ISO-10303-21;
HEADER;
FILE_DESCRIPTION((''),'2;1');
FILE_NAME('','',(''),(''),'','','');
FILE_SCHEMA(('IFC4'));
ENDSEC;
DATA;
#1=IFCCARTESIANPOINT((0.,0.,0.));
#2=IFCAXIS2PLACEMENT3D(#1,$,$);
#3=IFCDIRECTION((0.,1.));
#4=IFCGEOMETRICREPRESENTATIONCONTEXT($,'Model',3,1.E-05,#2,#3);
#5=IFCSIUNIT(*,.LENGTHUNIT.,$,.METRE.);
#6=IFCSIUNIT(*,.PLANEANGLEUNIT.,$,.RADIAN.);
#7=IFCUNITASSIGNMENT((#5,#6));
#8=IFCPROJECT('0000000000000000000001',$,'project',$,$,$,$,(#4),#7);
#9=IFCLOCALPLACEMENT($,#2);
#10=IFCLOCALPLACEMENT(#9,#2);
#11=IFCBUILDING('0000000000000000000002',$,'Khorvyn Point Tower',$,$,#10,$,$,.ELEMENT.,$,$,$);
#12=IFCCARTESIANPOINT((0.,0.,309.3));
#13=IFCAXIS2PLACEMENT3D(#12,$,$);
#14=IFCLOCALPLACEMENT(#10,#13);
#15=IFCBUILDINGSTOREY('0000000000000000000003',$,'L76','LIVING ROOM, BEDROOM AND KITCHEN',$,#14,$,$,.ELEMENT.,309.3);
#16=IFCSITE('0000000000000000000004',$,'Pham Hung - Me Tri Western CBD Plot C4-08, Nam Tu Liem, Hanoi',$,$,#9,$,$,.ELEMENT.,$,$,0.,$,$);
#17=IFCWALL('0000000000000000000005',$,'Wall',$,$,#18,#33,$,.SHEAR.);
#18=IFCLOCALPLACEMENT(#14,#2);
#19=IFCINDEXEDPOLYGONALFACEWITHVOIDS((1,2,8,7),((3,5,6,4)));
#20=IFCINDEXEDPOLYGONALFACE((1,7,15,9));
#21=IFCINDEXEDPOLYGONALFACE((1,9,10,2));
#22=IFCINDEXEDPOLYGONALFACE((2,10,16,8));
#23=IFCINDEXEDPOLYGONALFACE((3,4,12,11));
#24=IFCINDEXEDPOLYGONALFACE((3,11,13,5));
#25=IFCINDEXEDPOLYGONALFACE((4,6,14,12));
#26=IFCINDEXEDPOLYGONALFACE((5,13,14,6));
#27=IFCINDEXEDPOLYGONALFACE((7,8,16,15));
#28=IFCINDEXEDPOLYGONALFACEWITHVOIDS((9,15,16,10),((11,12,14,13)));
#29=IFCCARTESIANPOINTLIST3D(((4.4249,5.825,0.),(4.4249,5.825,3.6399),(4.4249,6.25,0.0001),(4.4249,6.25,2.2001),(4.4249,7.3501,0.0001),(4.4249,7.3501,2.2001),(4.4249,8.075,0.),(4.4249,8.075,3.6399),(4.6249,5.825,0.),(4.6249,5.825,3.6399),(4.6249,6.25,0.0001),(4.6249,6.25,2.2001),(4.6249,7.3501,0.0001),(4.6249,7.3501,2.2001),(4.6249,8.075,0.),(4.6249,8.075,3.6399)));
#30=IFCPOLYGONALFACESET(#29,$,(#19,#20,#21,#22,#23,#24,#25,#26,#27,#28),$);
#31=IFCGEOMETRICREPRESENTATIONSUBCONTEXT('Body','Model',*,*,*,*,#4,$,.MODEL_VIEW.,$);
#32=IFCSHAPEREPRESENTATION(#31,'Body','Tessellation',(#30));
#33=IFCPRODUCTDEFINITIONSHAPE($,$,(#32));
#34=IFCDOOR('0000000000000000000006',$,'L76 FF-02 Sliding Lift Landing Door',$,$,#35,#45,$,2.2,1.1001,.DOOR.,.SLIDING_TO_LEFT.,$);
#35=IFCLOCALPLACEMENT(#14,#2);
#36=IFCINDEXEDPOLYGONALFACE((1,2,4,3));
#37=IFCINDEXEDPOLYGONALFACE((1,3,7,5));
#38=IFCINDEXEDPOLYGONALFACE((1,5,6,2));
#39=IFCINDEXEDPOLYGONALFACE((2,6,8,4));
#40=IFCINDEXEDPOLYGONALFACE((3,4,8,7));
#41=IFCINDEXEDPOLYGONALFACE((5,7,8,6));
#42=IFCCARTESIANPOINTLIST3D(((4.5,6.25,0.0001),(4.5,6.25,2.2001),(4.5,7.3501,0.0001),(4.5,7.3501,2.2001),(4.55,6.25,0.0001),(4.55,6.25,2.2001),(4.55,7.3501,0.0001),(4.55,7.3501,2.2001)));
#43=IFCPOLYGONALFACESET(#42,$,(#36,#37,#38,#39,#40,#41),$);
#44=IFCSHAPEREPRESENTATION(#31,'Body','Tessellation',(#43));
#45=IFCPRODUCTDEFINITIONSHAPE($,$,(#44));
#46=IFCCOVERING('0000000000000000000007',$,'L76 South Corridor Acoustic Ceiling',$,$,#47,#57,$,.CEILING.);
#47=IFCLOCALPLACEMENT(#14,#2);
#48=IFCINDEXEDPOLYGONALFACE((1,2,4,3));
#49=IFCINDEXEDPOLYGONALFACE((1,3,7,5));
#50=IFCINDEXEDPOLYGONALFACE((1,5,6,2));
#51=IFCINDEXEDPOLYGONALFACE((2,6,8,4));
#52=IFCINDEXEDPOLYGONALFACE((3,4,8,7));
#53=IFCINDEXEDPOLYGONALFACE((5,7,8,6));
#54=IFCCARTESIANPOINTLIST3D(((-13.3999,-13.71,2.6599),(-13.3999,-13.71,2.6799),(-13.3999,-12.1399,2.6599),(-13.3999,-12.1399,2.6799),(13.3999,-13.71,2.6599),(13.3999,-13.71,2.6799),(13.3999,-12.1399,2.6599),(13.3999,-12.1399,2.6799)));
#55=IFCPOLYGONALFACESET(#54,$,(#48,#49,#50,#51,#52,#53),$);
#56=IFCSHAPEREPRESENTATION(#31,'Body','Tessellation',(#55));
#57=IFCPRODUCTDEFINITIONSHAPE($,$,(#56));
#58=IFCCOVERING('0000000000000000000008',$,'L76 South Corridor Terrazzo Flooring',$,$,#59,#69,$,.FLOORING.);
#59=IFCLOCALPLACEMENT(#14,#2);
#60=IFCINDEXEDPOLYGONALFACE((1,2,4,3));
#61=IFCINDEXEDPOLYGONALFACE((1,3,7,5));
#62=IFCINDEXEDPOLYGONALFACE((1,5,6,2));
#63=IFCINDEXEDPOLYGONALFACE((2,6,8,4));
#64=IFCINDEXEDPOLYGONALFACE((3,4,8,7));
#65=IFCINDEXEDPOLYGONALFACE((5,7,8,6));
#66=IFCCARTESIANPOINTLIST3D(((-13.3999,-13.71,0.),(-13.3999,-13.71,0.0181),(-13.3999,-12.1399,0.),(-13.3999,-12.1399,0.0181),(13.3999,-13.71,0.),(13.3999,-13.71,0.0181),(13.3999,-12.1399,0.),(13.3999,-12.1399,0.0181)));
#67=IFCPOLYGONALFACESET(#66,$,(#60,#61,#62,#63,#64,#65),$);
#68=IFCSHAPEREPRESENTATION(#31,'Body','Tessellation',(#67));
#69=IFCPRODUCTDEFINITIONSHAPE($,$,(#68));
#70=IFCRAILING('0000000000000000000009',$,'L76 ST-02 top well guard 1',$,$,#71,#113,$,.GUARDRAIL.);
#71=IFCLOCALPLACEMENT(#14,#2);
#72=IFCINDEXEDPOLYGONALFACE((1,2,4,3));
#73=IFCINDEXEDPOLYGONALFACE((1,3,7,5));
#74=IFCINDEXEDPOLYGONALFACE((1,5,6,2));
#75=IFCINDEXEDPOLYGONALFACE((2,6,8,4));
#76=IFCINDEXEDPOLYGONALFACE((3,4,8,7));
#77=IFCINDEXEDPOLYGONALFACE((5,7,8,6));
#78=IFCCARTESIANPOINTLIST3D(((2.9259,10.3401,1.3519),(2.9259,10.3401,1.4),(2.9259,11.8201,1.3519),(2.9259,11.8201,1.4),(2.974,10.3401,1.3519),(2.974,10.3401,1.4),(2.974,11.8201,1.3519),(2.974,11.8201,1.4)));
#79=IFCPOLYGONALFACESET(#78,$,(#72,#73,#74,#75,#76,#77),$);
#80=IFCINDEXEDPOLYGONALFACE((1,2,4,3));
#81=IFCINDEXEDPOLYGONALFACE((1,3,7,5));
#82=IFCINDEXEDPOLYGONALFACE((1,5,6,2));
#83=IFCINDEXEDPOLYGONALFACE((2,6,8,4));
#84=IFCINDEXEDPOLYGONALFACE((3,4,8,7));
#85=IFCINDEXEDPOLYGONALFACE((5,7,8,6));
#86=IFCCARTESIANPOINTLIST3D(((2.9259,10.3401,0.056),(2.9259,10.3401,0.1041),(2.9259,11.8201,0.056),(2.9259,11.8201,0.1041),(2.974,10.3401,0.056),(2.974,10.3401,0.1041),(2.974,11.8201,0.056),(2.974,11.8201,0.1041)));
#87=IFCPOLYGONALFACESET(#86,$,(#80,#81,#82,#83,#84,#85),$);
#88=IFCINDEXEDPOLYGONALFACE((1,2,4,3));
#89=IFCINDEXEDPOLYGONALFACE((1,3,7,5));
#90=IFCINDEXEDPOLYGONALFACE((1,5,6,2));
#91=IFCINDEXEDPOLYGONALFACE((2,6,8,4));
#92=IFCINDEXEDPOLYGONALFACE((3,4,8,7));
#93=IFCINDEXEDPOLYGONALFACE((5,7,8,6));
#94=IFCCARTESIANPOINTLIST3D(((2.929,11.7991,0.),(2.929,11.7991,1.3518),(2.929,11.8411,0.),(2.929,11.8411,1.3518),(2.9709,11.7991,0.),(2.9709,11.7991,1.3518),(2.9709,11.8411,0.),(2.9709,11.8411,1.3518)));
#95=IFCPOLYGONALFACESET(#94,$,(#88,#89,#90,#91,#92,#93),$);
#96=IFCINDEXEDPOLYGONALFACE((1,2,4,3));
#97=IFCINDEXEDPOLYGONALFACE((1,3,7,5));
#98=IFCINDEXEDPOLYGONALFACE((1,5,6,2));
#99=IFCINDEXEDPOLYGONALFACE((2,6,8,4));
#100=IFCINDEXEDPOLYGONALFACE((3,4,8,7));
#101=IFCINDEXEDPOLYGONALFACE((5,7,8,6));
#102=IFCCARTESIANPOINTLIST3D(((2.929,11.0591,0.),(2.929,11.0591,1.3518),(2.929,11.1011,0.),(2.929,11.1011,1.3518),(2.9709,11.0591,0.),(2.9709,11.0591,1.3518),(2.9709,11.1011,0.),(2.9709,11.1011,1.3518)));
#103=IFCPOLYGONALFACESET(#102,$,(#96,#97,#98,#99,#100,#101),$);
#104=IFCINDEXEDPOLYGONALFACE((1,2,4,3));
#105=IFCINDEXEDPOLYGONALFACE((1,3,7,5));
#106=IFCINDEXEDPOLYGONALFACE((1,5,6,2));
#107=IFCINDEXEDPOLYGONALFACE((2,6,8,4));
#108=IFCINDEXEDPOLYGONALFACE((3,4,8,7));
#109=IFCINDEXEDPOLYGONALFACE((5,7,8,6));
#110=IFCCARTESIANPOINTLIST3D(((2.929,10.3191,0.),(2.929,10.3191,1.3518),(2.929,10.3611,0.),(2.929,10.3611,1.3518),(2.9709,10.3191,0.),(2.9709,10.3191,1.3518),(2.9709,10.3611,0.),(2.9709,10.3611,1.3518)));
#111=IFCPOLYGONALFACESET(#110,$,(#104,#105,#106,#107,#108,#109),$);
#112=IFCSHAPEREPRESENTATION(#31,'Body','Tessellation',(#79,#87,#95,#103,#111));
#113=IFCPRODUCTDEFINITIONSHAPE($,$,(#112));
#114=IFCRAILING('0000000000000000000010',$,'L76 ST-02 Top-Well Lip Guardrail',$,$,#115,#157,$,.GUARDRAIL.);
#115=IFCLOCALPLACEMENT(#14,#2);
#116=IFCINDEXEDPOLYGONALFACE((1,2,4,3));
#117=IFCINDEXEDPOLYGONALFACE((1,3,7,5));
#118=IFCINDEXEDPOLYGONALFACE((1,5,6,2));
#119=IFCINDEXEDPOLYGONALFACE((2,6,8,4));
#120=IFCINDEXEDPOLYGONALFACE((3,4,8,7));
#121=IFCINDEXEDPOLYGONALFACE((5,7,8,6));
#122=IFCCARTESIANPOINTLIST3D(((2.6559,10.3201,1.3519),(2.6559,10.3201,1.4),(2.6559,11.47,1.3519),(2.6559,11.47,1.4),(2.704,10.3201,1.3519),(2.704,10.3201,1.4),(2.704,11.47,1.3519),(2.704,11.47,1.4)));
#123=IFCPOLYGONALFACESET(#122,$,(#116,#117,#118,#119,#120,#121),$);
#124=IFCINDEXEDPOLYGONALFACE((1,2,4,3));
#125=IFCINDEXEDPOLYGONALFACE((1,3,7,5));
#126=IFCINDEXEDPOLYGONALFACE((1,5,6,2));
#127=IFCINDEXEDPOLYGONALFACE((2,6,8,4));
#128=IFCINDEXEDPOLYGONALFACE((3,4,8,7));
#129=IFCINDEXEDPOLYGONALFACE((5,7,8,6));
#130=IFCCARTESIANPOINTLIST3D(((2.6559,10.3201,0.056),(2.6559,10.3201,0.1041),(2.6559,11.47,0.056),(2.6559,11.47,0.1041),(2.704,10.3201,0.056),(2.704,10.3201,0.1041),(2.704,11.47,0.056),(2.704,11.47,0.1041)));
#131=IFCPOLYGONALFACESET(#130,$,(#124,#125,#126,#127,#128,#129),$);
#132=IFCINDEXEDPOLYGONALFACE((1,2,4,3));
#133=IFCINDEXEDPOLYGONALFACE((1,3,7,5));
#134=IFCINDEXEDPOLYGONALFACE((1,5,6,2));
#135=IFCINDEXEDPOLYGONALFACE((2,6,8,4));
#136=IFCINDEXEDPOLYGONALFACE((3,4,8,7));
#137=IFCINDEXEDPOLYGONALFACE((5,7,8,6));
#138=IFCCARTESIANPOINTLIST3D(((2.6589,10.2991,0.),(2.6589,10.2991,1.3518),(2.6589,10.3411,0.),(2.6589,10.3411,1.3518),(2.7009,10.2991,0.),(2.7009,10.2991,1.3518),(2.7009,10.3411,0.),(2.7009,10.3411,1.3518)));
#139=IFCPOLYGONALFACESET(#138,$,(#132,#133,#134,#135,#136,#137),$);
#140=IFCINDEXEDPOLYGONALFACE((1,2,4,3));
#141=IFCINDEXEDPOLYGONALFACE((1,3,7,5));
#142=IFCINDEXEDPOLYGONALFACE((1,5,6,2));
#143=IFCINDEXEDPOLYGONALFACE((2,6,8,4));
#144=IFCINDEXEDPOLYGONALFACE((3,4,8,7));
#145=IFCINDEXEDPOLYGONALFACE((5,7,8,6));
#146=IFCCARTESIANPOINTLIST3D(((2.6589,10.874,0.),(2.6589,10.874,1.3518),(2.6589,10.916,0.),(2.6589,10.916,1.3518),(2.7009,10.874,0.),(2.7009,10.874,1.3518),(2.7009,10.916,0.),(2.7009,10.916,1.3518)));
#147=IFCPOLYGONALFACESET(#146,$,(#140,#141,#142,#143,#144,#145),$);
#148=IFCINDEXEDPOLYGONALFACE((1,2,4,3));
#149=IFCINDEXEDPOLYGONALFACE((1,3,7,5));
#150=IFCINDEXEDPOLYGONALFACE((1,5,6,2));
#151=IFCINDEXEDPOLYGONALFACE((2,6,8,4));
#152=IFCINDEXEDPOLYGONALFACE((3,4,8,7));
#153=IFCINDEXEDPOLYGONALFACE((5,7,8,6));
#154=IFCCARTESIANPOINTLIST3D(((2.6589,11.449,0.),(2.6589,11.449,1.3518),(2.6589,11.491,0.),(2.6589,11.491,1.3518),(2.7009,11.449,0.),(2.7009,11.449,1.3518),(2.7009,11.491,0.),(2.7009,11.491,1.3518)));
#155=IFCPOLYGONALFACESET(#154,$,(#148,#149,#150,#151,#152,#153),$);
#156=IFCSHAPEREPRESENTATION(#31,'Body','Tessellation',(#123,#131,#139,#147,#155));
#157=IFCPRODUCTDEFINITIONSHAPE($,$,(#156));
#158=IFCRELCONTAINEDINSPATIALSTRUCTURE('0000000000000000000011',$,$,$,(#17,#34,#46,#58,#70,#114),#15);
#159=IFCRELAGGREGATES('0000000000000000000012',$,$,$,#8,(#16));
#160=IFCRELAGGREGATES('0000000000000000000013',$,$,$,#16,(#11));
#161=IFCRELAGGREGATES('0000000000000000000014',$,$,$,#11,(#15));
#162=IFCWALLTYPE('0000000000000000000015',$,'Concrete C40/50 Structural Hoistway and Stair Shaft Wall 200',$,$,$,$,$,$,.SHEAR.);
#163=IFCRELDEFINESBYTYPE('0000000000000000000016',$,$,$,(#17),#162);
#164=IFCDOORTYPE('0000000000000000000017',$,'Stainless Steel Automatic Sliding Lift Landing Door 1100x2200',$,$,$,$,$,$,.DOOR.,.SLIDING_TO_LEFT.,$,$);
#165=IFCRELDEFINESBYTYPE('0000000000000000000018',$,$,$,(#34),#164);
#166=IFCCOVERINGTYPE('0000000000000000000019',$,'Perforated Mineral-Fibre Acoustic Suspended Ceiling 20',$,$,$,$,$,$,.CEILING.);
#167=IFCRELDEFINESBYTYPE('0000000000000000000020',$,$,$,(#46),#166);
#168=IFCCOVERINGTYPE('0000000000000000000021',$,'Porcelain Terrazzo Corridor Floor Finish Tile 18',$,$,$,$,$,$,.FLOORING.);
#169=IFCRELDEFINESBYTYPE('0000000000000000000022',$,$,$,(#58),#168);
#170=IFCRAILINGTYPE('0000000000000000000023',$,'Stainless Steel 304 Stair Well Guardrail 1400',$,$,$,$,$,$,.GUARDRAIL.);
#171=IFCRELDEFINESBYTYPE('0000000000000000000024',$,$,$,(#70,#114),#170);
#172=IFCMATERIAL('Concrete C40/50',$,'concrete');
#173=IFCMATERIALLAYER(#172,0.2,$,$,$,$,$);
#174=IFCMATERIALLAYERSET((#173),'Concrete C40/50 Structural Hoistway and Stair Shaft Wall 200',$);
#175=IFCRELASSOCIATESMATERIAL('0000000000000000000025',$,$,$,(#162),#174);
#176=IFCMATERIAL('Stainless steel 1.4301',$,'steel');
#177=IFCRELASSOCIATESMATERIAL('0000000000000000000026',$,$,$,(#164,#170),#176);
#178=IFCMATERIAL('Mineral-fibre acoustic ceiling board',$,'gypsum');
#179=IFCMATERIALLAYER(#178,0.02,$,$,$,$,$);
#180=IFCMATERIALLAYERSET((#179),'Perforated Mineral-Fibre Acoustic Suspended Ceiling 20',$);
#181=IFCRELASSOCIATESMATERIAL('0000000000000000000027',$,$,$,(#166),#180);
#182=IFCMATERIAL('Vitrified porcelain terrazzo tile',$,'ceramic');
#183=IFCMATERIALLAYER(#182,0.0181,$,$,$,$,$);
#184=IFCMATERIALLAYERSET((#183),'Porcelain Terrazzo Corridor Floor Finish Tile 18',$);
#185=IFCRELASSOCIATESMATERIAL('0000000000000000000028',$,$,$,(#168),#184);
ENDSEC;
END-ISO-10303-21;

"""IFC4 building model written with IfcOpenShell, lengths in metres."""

from ifc_helpers import new_model, si_unit, direction, frame, frame_2d, origin, origin_2d, place, context, subcontext, project, spatial, polyline, rectangle, outline, extrude, material, layer, layer_set, type_object, element, fill, save


model = new_model("IFC4")

# Units and contexts
model_context = context("Model", 3, precision=1e-05, world=origin(), true_north=direction((0.0, 1.0)))
body_context = subcontext(model_context, "Body", "Model", "MODEL_VIEW")
ifc_project = project(units=[si_unit("LENGTHUNIT", "METRE"), si_unit("PLANEANGLEUNIT", "RADIAN")], contexts=[model_context])

# Site, building, storey
site_placement = place(None, origin())
site = spatial("IfcSite", under=ifc_project, at=site_placement, Name="Pham Hung - Me Tri Western CBD Plot C4-08, Nam Tu Liem, Hanoi", CompositionType="ELEMENT", RefElevation=0.0)
building_placement = place(site_placement, origin())
building = spatial("IfcBuilding", under=site, at=building_placement, Name="Khorvyn Point Tower", CompositionType="ELEMENT")
storey_placement = place(building_placement, frame((0.0, 0.0, 309.3)))
storey = spatial("IfcBuildingStorey", under=building, at=storey_placement, Name="L76", Description="LIVING ROOM, BEDROOM AND KITCHEN", CompositionType="ELEMENT", Elevation=309.3)

# Shared definitions
ifc_material_1 = material(Name="Concrete C40/50", Category="concrete")

# Shared definitions
ifc_layer_1 = layer(ifc_material_1, 0.2)
ifc_layer_set_1 = layer_set([ifc_layer_1], Name="Concrete C40/50 Structural Hoistway and Stair Shaft Wall 200")
wall_type_1 = type_object("IfcWallType", Name="Concrete C40/50 Structural Hoistway and Stair Shaft Wall 200", PredefinedType="SHEAR", material=ifc_layer_set_1)

# Shared definitions
ifc_material_2 = material(Name="Stainless steel 1.4301", Category="steel")
door_type_1 = type_object("IfcDoorType", Name="Stainless Steel Automatic Sliding Lift Landing Door 1100x2200", OperationType="SLIDING_TO_LEFT", PredefinedType="DOOR", material=ifc_material_2)

# Wall, opening, door
wall_1_placement = place(storey_placement, frame((4.5249, 5.825, 0.0), z_axis=(0.0, 0.0, 1.0), x_axis=(0.0, 1.0, 0.0)))
wall_1 = element("IfcWall", 1, at=wall_1_placement, inside=storey, type_object=wall_type_1, Name="Wall", PredefinedType="SHEAR", context=body_context, shape_type="SweptSolid", body=[
    extrude(rectangle(XDim=2.25, YDim=0.2, at=frame_2d((1.125, 0.0))), origin(), (0.0, 0.0, 1.0), 3.6399),
])
opening_1_placement = place(wall_1_placement, frame((0.425, 0.0, 0.0)))
opening_1 = element("IfcOpeningElement", 2, at=opening_1_placement, cuts=wall_1, PredefinedType="OPENING", context=body_context, shape_type="SweptSolid", body=[
    extrude(rectangle(XDim=1.1001, YDim=2.2, at=frame_2d((0.55, 1.1001))), frame((0.0, 0.1099, 0.0), z_axis=(0.0, -1.0, 0.0), x_axis=(1.0, 0.0, 0.0)), (0.0, 0.0, 1.0), 0.22),
])
door_1_placement = place(opening_1_placement, origin())
door_1 = element("IfcDoor", 3, at=door_1_placement, inside=storey, type_object=door_type_1, Name="L76 FF-02 Sliding Lift Landing Door", OperationType="SLIDING_TO_LEFT", OverallHeight=2.2, OverallWidth=1.1001, PredefinedType="DOOR", context=body_context, shape_type="SweptSolid", body=[
    extrude(rectangle(XDim=1.1001, YDim=2.2, at=frame_2d((0.55, 1.1001))), frame((0.0, 0.0249, 0.0), z_axis=(0.0, -1.0, 0.0), x_axis=(1.0, 0.0, 0.0)), (0.0, 0.0, 1.0), 0.05),
])
fill(opening_1, door_1)

# Coverings
ifc_material_3 = material(Name="Mineral-fibre acoustic ceiling board", Category="gypsum")
ifc_layer_2 = layer(ifc_material_3, 0.02)
ifc_layer_set_2 = layer_set([ifc_layer_2], Name="Perforated Mineral-Fibre Acoustic Suspended Ceiling 20")
covering_type_1 = type_object("IfcCoveringType", Name="Perforated Mineral-Fibre Acoustic Suspended Ceiling 20", PredefinedType="CEILING", material=ifc_layer_set_2)
covering_1_placement = place(storey_placement, frame((0.0, 0.0, 2.6599)))
element("IfcCovering", 4, at=covering_1_placement, inside=storey, type_object=covering_type_1, Name="L76 South Corridor Acoustic Ceiling", PredefinedType="CEILING", context=body_context, shape_type="SweptSolid", body=[
    extrude(outline(polyline([(-13.3999, -13.71), (13.3999, -13.71), (13.3999, -12.1399), (-13.3999, -12.1399), (-13.3999, -13.71)])), origin(), (0.0, 0.0, 1.0), 0.02),
])
ifc_material_4 = material(Name="Vitrified porcelain terrazzo tile", Category="ceramic")
ifc_layer_3 = layer(ifc_material_4, 0.0181)
ifc_layer_set_3 = layer_set([ifc_layer_3], Name="Porcelain Terrazzo Corridor Floor Finish Tile 18")
covering_type_2 = type_object("IfcCoveringType", Name="Porcelain Terrazzo Corridor Floor Finish Tile 18", PredefinedType="FLOORING", material=ifc_layer_set_3)
covering_2_placement = place(storey_placement, origin())
element("IfcCovering", 5, at=covering_2_placement, inside=storey, type_object=covering_type_2, Name="L76 South Corridor Terrazzo Flooring", PredefinedType="FLOORING", context=body_context, shape_type="SweptSolid", body=[
    extrude(outline(polyline([(-13.3999, -13.71), (13.3999, -13.71), (13.3999, -12.1399), (-13.3999, -12.1399), (-13.3999, -13.71)])), origin(), (0.0, 0.0, 1.0), 0.0181),
])

# Railings
railing_type = type_object("IfcRailingType", Name="Stainless Steel 304 Stair Well Guardrail 1400", PredefinedType="GUARDRAIL", material=ifc_material_2)
railing_1_placement = place(storey_placement, frame((2.95, 11.8201, 0.0)))
element("IfcRailing", 6, at=railing_1_placement, inside=storey, type_object=railing_type, Name="L76 ST-02 top well guard 1", PredefinedType="GUARDRAIL", context=body_context, shape_type="SweptSolid", body=[
    extrude(rectangle(XDim=0.0481, YDim=0.0481, at=origin_2d()), frame((0.0, 0.0, 1.376), z_axis=(0.0, -1.0, 0.0), x_axis=(1.0, 0.0, 0.0)), (0.0, 0.0, 1.0), 1.48),
    extrude(rectangle(XDim=0.0481, YDim=0.0481, at=origin_2d()), frame((0.0, 0.0, 0.0801), z_axis=(0.0, -1.0, 0.0), x_axis=(1.0, 0.0, 0.0)), (0.0, 0.0, 1.0), 1.48),
    extrude(rectangle(XDim=0.042, YDim=0.042, at=origin_2d()), origin(), (0.0, 0.0, 1.0), 1.3518),
    extrude(rectangle(XDim=0.042, YDim=0.042, at=origin_2d()), frame((0.0, -0.74, 0.0)), (0.0, 0.0, 1.0), 1.3518),
    extrude(rectangle(XDim=0.042, YDim=0.042, at=origin_2d()), frame((0.0, -1.48, 0.0)), (0.0, 0.0, 1.0), 1.3518),
])
railing_2_placement = place(storey_placement, frame((2.6799, 10.3201, 0.0)))
element("IfcRailing", 7, at=railing_2_placement, inside=storey, type_object=railing_type, Name="L76 ST-02 Top-Well Lip Guardrail", PredefinedType="GUARDRAIL", context=body_context, shape_type="SweptSolid", body=[
    extrude(rectangle(XDim=0.0481, YDim=0.0481, at=origin_2d()), frame((0.0, 0.0, 1.376), z_axis=(0.0, 1.0, 0.0), x_axis=(-1.0, 0.0, 0.0)), (0.0, 0.0, 1.0), 1.1499),
    extrude(rectangle(XDim=0.0481, YDim=0.0481, at=origin_2d()), frame((0.0, 0.0, 0.0801), z_axis=(0.0, 1.0, 0.0), x_axis=(-1.0, 0.0, 0.0)), (0.0, 0.0, 1.0), 1.1499),
    extrude(rectangle(XDim=0.042, YDim=0.042, at=origin_2d()), origin(), (0.0, 0.0, 1.0), 1.3518),
    extrude(rectangle(XDim=0.042, YDim=0.042, at=origin_2d()), frame((0.0, 0.575, 0.0)), (0.0, 0.0, 1.0), 1.3518),
    extrude(rectangle(XDim=0.042, YDim=0.042, at=origin_2d()), frame((0.0, 1.1499, 0.0)), (0.0, 0.0, 1.0), 1.3518),
])

save(model, "model.ifc")
